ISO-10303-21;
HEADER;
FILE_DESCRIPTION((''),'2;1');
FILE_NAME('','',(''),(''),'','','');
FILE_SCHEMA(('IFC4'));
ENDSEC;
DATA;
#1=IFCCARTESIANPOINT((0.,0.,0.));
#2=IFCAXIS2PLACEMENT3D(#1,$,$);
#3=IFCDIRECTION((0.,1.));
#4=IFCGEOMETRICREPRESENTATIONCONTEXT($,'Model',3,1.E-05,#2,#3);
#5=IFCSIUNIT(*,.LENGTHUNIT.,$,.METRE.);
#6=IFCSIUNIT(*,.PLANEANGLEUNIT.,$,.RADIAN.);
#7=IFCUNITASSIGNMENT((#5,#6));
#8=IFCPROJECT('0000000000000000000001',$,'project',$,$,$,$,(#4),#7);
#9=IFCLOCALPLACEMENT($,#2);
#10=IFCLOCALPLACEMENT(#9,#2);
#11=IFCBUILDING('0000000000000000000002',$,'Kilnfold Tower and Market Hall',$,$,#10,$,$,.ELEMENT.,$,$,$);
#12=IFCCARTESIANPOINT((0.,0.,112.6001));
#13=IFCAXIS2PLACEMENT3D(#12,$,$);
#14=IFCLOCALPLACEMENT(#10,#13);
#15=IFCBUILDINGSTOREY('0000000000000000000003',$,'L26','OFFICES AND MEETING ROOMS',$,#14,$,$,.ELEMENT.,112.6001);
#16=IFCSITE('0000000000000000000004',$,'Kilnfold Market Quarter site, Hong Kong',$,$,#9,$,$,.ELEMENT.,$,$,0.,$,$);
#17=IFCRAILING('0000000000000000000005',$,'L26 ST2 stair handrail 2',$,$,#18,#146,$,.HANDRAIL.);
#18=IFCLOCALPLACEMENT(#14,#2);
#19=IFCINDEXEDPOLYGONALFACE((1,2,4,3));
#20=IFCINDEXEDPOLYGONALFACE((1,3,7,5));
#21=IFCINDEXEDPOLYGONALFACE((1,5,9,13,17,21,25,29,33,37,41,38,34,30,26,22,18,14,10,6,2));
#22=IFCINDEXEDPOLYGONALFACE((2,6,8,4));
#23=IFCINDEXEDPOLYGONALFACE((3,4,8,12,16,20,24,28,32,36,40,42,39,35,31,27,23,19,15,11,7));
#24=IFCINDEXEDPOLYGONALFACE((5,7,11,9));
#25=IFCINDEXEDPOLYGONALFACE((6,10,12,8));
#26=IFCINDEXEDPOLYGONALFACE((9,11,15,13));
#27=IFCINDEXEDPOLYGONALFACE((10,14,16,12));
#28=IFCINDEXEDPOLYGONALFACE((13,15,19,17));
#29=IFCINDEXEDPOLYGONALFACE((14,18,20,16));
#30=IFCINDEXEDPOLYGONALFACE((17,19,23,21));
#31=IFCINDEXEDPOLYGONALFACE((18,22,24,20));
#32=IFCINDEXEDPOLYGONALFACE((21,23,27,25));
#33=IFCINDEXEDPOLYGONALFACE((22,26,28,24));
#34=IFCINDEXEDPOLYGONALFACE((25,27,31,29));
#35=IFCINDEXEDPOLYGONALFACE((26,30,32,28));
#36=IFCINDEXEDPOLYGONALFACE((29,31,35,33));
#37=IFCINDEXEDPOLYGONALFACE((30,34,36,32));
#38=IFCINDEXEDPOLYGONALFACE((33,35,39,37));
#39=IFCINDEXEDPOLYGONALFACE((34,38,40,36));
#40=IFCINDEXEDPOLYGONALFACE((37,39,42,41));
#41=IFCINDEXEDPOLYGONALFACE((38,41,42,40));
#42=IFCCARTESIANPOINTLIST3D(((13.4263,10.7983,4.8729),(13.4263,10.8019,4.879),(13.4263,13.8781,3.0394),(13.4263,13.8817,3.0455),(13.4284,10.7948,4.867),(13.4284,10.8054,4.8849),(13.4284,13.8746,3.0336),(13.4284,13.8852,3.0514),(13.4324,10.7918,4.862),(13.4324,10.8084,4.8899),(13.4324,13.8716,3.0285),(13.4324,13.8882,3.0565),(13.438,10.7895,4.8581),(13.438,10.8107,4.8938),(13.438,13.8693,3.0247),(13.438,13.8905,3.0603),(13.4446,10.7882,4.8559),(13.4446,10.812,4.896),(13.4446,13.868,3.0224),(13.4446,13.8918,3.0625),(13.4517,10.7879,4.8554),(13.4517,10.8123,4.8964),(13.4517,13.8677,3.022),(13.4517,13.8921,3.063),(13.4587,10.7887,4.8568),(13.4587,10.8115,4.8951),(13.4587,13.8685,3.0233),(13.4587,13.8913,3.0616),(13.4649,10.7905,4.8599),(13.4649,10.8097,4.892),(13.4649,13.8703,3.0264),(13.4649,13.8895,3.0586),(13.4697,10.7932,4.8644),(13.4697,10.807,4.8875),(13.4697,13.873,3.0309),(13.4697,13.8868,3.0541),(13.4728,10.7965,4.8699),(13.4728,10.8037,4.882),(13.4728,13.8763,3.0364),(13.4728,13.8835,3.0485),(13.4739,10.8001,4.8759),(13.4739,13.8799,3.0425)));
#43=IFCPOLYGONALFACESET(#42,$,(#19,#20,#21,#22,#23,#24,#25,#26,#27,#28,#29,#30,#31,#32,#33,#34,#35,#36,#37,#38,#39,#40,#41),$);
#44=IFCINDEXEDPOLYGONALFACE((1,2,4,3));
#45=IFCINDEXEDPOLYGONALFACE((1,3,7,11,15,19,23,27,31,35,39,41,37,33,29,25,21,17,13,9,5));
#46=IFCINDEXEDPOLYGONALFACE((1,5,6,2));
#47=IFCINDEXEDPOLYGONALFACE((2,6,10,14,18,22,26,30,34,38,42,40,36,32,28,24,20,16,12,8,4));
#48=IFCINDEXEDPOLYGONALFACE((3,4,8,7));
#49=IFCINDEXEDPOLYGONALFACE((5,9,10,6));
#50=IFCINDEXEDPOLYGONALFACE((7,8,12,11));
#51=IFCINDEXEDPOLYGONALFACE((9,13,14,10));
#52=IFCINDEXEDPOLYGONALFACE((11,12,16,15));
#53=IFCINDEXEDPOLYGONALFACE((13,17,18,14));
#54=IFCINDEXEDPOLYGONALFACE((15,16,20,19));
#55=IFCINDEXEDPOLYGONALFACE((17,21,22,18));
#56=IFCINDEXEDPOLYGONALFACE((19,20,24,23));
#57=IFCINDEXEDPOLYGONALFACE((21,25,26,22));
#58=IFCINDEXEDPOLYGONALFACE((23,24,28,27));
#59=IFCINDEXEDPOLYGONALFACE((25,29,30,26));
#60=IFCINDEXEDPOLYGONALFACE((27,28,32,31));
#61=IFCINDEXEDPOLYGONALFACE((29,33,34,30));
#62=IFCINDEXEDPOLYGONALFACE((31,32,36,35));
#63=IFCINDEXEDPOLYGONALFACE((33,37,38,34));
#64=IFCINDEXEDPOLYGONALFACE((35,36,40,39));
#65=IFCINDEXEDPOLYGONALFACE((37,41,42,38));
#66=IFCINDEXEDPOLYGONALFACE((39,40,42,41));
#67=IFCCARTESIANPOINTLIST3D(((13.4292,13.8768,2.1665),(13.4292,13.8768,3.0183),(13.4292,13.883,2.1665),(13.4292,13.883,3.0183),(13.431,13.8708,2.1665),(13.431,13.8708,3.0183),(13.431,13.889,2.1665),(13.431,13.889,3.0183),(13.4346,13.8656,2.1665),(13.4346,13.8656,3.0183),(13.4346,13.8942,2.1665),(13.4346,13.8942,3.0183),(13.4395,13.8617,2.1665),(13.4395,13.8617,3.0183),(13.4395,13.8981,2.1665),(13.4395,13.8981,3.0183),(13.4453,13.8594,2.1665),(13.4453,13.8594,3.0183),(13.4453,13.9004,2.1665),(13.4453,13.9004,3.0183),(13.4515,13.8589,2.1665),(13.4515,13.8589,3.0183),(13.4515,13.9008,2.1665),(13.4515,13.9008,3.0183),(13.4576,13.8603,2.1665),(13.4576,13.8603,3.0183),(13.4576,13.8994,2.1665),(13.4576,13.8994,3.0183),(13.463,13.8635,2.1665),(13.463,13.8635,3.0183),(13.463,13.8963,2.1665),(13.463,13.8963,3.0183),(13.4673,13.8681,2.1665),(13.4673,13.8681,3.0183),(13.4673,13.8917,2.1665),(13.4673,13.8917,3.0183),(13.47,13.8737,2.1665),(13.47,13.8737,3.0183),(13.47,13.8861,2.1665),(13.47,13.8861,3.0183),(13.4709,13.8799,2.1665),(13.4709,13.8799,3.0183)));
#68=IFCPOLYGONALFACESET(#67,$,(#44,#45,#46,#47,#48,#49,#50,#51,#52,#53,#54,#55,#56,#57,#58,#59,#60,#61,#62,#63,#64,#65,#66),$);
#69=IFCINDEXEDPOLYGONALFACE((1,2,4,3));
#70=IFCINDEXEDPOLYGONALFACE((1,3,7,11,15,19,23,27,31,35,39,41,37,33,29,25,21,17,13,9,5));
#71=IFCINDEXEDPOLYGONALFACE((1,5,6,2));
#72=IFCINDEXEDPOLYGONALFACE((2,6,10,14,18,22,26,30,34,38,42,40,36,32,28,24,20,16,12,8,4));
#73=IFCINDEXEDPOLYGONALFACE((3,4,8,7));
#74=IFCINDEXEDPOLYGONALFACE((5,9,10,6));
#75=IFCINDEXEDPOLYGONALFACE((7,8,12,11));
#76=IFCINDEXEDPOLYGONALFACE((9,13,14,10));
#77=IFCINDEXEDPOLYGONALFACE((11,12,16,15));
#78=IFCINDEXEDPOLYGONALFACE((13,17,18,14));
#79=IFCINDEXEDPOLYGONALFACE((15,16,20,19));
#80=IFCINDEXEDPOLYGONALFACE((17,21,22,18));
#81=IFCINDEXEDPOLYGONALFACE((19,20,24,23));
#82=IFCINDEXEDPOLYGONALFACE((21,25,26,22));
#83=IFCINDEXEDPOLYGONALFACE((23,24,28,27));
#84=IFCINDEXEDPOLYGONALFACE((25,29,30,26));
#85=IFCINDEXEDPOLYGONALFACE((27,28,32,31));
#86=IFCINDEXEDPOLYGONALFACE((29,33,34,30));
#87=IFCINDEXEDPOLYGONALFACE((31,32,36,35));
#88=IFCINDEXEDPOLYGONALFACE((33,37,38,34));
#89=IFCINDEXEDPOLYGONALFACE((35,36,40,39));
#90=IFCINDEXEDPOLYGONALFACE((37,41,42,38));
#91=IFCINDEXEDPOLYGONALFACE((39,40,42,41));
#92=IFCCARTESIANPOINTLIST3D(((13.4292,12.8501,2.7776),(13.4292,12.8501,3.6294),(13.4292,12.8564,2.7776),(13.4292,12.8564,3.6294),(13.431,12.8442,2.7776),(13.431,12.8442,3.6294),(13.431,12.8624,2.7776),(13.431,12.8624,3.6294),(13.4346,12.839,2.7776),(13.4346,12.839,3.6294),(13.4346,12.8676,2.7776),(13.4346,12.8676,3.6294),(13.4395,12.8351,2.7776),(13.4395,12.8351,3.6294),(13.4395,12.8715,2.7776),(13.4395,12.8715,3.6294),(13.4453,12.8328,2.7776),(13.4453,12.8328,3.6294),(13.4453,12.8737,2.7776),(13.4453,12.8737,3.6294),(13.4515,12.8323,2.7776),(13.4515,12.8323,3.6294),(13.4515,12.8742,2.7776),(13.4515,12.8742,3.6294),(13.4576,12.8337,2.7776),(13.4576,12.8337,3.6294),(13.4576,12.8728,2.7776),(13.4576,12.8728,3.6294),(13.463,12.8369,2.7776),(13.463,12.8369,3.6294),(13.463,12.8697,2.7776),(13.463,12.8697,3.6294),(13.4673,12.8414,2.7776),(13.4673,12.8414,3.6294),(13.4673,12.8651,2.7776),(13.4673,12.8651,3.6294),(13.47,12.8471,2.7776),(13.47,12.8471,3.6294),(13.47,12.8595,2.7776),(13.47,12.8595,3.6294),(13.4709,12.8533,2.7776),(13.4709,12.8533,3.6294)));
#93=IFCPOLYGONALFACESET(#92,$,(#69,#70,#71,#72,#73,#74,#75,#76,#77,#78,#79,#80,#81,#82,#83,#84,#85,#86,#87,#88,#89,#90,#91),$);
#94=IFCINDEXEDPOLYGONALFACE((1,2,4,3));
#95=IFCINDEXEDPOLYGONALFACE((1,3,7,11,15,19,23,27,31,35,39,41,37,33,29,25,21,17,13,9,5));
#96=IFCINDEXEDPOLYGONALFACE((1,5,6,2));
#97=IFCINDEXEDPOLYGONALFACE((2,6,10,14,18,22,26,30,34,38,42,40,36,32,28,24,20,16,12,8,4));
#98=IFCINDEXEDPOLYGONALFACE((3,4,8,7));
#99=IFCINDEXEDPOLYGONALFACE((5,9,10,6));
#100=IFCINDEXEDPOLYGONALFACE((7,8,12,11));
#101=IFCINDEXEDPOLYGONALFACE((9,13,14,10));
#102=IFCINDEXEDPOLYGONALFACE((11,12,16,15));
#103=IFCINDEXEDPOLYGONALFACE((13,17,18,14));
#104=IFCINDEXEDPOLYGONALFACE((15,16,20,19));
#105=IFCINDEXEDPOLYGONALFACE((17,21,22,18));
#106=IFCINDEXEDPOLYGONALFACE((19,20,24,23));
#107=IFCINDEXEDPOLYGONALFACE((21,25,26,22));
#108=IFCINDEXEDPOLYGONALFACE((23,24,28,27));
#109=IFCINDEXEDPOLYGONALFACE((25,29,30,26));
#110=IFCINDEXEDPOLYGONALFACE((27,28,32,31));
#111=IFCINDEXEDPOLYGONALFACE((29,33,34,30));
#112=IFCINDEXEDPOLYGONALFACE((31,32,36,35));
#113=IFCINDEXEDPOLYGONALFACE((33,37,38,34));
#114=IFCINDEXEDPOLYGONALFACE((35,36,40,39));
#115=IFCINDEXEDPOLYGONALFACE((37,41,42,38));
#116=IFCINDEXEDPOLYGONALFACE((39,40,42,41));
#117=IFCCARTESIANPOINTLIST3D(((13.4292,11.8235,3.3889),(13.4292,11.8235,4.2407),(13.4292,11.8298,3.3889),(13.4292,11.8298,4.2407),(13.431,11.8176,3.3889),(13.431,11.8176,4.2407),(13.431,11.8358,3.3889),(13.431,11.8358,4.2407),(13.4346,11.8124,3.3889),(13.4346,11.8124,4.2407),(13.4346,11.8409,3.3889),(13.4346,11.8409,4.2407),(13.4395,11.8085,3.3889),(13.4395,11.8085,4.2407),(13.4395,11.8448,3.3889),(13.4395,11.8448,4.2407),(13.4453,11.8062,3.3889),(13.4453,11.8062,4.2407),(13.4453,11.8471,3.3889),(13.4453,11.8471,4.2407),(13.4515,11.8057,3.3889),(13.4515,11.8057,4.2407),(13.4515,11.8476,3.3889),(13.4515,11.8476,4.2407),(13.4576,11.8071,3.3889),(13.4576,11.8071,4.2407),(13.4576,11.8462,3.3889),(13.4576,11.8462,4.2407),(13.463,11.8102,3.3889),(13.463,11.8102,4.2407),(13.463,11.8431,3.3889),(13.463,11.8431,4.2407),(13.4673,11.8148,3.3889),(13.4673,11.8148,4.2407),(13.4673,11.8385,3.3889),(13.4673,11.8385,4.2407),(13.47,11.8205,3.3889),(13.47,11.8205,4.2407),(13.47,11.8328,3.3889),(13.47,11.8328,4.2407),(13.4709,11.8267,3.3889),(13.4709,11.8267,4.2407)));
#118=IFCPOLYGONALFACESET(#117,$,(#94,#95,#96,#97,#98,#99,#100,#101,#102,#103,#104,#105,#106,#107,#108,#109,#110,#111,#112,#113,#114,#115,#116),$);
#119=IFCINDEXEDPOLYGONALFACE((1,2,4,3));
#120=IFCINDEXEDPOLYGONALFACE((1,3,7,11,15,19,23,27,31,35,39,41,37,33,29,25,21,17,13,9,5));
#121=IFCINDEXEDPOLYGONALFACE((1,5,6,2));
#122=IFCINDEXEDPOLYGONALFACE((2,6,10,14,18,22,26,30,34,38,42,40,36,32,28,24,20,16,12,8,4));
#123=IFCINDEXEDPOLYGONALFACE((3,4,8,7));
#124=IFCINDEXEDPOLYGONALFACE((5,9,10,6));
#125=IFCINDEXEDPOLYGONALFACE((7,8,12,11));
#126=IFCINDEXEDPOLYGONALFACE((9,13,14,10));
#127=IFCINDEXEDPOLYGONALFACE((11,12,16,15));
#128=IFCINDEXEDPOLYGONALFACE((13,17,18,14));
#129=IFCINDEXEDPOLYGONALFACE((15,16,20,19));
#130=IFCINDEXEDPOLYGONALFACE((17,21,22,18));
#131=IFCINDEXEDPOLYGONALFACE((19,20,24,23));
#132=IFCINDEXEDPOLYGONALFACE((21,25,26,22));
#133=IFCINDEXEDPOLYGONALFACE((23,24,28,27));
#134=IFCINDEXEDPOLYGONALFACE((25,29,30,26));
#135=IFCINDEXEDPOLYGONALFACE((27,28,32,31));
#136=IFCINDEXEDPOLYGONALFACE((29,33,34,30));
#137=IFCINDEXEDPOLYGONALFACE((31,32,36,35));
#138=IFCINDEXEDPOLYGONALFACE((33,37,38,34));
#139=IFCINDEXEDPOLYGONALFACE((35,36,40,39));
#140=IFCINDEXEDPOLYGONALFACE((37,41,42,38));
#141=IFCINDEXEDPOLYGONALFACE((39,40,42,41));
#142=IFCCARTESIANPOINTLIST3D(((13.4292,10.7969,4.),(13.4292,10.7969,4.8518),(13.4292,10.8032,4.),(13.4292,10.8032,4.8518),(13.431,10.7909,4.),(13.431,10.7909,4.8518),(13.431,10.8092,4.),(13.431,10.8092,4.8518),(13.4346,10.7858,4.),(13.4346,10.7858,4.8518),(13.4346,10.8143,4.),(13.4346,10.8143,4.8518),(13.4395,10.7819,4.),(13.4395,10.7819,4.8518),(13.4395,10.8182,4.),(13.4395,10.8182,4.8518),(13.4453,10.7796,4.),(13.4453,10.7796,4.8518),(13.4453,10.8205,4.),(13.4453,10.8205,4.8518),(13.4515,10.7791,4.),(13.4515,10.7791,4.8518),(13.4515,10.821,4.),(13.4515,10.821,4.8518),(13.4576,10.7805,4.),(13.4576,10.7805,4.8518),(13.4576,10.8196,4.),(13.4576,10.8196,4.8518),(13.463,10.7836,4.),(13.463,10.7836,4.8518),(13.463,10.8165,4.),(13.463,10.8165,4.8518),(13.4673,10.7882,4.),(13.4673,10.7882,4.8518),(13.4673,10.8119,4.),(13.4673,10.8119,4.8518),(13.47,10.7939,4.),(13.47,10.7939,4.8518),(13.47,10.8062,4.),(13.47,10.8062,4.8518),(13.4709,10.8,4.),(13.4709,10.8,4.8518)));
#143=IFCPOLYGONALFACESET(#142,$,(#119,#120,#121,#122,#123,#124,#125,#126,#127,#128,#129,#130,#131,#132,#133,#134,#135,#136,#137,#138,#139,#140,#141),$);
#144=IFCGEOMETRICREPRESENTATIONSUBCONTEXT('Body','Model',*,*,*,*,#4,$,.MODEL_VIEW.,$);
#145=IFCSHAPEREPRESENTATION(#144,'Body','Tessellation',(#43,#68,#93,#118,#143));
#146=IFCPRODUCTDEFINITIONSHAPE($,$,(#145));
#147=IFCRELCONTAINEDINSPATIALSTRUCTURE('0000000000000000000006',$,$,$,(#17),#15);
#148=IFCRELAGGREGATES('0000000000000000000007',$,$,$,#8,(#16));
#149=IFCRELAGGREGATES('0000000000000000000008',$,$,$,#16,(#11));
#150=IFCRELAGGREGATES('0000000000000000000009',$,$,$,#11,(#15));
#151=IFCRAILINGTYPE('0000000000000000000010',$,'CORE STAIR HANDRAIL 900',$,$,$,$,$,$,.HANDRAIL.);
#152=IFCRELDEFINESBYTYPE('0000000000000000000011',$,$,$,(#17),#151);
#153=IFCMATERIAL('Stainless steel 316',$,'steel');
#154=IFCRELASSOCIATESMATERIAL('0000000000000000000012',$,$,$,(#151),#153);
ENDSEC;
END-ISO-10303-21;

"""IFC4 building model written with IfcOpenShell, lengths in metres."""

from ifc_helpers import new_model, si_unit, direction, frame, origin, origin_2d, place, context, subcontext, project, spatial, circle, extrude, material, type_object, element, save


model = new_model("IFC4")

# Units and contexts
model_context = context("Model", 3, precision=1e-05, world=origin(), true_north=direction((0.0, 1.0)))
body_context = subcontext(model_context, "Body", "Model", "MODEL_VIEW")
ifc_project = project(units=[si_unit("LENGTHUNIT", "METRE"), si_unit("PLANEANGLEUNIT", "RADIAN")], contexts=[model_context])

# Site, building, storey
site_placement = place(None, origin())
site = spatial("IfcSite", under=ifc_project, at=site_placement, Name="Kilnfold Market Quarter site, Hong Kong", CompositionType="ELEMENT", RefElevation=0.0)
building_placement = place(site_placement, origin())
building = spatial("IfcBuilding", under=site, at=building_placement, Name="Kilnfold Tower and Market Hall", CompositionType="ELEMENT")
storey_placement = place(building_placement, frame((0.0, 0.0, 112.6001)))
storey = spatial("IfcBuildingStorey", under=building, at=storey_placement, Name="L26", Description="OFFICES AND MEETING ROOMS", CompositionType="ELEMENT", Elevation=112.6001)

# Railing
ifc_material_1 = material(Name="Stainless steel 316", Category="steel")
railing_type = type_object("IfcRailingType", Name="CORE STAIR HANDRAIL 900", PredefinedType="HANDRAIL", material=ifc_material_1)
railing_placement = place(storey_placement, frame((13.45, 13.8799, 2.1665)))
element("IfcRailing", 1, at=railing_placement, inside=storey, type_object=railing_type, Name="L26 ST2 stair handrail 2", PredefinedType="HANDRAIL", context=body_context, shape_type="SweptSolid", body=[
    extrude(circle(Radius=0.0239, at=origin_2d()), frame((0.0, 0.0, 0.876), z_axis=(0.0, -0.859261, 0.511538), x_axis=(1.0, 0.0, 0.0)), (0.0, 0.0, 1.0), 3.5842),
    extrude(circle(Radius=0.021, at=origin_2d()), origin(), (0.0, 0.0, 1.0), 0.8518),
    extrude(circle(Radius=0.021, at=origin_2d()), frame((0.0, -1.0266, 0.6111)), (0.0, 0.0, 1.0), 0.8518),
    extrude(circle(Radius=0.021, at=origin_2d()), frame((0.0, -2.0532, 1.2224)), (0.0, 0.0, 1.0), 0.8518),
    extrude(circle(Radius=0.021, at=origin_2d()), frame((0.0, -3.0798, 1.8335)), (0.0, 0.0, 1.0), 0.8518),
])

save(model, "model.ifc")
